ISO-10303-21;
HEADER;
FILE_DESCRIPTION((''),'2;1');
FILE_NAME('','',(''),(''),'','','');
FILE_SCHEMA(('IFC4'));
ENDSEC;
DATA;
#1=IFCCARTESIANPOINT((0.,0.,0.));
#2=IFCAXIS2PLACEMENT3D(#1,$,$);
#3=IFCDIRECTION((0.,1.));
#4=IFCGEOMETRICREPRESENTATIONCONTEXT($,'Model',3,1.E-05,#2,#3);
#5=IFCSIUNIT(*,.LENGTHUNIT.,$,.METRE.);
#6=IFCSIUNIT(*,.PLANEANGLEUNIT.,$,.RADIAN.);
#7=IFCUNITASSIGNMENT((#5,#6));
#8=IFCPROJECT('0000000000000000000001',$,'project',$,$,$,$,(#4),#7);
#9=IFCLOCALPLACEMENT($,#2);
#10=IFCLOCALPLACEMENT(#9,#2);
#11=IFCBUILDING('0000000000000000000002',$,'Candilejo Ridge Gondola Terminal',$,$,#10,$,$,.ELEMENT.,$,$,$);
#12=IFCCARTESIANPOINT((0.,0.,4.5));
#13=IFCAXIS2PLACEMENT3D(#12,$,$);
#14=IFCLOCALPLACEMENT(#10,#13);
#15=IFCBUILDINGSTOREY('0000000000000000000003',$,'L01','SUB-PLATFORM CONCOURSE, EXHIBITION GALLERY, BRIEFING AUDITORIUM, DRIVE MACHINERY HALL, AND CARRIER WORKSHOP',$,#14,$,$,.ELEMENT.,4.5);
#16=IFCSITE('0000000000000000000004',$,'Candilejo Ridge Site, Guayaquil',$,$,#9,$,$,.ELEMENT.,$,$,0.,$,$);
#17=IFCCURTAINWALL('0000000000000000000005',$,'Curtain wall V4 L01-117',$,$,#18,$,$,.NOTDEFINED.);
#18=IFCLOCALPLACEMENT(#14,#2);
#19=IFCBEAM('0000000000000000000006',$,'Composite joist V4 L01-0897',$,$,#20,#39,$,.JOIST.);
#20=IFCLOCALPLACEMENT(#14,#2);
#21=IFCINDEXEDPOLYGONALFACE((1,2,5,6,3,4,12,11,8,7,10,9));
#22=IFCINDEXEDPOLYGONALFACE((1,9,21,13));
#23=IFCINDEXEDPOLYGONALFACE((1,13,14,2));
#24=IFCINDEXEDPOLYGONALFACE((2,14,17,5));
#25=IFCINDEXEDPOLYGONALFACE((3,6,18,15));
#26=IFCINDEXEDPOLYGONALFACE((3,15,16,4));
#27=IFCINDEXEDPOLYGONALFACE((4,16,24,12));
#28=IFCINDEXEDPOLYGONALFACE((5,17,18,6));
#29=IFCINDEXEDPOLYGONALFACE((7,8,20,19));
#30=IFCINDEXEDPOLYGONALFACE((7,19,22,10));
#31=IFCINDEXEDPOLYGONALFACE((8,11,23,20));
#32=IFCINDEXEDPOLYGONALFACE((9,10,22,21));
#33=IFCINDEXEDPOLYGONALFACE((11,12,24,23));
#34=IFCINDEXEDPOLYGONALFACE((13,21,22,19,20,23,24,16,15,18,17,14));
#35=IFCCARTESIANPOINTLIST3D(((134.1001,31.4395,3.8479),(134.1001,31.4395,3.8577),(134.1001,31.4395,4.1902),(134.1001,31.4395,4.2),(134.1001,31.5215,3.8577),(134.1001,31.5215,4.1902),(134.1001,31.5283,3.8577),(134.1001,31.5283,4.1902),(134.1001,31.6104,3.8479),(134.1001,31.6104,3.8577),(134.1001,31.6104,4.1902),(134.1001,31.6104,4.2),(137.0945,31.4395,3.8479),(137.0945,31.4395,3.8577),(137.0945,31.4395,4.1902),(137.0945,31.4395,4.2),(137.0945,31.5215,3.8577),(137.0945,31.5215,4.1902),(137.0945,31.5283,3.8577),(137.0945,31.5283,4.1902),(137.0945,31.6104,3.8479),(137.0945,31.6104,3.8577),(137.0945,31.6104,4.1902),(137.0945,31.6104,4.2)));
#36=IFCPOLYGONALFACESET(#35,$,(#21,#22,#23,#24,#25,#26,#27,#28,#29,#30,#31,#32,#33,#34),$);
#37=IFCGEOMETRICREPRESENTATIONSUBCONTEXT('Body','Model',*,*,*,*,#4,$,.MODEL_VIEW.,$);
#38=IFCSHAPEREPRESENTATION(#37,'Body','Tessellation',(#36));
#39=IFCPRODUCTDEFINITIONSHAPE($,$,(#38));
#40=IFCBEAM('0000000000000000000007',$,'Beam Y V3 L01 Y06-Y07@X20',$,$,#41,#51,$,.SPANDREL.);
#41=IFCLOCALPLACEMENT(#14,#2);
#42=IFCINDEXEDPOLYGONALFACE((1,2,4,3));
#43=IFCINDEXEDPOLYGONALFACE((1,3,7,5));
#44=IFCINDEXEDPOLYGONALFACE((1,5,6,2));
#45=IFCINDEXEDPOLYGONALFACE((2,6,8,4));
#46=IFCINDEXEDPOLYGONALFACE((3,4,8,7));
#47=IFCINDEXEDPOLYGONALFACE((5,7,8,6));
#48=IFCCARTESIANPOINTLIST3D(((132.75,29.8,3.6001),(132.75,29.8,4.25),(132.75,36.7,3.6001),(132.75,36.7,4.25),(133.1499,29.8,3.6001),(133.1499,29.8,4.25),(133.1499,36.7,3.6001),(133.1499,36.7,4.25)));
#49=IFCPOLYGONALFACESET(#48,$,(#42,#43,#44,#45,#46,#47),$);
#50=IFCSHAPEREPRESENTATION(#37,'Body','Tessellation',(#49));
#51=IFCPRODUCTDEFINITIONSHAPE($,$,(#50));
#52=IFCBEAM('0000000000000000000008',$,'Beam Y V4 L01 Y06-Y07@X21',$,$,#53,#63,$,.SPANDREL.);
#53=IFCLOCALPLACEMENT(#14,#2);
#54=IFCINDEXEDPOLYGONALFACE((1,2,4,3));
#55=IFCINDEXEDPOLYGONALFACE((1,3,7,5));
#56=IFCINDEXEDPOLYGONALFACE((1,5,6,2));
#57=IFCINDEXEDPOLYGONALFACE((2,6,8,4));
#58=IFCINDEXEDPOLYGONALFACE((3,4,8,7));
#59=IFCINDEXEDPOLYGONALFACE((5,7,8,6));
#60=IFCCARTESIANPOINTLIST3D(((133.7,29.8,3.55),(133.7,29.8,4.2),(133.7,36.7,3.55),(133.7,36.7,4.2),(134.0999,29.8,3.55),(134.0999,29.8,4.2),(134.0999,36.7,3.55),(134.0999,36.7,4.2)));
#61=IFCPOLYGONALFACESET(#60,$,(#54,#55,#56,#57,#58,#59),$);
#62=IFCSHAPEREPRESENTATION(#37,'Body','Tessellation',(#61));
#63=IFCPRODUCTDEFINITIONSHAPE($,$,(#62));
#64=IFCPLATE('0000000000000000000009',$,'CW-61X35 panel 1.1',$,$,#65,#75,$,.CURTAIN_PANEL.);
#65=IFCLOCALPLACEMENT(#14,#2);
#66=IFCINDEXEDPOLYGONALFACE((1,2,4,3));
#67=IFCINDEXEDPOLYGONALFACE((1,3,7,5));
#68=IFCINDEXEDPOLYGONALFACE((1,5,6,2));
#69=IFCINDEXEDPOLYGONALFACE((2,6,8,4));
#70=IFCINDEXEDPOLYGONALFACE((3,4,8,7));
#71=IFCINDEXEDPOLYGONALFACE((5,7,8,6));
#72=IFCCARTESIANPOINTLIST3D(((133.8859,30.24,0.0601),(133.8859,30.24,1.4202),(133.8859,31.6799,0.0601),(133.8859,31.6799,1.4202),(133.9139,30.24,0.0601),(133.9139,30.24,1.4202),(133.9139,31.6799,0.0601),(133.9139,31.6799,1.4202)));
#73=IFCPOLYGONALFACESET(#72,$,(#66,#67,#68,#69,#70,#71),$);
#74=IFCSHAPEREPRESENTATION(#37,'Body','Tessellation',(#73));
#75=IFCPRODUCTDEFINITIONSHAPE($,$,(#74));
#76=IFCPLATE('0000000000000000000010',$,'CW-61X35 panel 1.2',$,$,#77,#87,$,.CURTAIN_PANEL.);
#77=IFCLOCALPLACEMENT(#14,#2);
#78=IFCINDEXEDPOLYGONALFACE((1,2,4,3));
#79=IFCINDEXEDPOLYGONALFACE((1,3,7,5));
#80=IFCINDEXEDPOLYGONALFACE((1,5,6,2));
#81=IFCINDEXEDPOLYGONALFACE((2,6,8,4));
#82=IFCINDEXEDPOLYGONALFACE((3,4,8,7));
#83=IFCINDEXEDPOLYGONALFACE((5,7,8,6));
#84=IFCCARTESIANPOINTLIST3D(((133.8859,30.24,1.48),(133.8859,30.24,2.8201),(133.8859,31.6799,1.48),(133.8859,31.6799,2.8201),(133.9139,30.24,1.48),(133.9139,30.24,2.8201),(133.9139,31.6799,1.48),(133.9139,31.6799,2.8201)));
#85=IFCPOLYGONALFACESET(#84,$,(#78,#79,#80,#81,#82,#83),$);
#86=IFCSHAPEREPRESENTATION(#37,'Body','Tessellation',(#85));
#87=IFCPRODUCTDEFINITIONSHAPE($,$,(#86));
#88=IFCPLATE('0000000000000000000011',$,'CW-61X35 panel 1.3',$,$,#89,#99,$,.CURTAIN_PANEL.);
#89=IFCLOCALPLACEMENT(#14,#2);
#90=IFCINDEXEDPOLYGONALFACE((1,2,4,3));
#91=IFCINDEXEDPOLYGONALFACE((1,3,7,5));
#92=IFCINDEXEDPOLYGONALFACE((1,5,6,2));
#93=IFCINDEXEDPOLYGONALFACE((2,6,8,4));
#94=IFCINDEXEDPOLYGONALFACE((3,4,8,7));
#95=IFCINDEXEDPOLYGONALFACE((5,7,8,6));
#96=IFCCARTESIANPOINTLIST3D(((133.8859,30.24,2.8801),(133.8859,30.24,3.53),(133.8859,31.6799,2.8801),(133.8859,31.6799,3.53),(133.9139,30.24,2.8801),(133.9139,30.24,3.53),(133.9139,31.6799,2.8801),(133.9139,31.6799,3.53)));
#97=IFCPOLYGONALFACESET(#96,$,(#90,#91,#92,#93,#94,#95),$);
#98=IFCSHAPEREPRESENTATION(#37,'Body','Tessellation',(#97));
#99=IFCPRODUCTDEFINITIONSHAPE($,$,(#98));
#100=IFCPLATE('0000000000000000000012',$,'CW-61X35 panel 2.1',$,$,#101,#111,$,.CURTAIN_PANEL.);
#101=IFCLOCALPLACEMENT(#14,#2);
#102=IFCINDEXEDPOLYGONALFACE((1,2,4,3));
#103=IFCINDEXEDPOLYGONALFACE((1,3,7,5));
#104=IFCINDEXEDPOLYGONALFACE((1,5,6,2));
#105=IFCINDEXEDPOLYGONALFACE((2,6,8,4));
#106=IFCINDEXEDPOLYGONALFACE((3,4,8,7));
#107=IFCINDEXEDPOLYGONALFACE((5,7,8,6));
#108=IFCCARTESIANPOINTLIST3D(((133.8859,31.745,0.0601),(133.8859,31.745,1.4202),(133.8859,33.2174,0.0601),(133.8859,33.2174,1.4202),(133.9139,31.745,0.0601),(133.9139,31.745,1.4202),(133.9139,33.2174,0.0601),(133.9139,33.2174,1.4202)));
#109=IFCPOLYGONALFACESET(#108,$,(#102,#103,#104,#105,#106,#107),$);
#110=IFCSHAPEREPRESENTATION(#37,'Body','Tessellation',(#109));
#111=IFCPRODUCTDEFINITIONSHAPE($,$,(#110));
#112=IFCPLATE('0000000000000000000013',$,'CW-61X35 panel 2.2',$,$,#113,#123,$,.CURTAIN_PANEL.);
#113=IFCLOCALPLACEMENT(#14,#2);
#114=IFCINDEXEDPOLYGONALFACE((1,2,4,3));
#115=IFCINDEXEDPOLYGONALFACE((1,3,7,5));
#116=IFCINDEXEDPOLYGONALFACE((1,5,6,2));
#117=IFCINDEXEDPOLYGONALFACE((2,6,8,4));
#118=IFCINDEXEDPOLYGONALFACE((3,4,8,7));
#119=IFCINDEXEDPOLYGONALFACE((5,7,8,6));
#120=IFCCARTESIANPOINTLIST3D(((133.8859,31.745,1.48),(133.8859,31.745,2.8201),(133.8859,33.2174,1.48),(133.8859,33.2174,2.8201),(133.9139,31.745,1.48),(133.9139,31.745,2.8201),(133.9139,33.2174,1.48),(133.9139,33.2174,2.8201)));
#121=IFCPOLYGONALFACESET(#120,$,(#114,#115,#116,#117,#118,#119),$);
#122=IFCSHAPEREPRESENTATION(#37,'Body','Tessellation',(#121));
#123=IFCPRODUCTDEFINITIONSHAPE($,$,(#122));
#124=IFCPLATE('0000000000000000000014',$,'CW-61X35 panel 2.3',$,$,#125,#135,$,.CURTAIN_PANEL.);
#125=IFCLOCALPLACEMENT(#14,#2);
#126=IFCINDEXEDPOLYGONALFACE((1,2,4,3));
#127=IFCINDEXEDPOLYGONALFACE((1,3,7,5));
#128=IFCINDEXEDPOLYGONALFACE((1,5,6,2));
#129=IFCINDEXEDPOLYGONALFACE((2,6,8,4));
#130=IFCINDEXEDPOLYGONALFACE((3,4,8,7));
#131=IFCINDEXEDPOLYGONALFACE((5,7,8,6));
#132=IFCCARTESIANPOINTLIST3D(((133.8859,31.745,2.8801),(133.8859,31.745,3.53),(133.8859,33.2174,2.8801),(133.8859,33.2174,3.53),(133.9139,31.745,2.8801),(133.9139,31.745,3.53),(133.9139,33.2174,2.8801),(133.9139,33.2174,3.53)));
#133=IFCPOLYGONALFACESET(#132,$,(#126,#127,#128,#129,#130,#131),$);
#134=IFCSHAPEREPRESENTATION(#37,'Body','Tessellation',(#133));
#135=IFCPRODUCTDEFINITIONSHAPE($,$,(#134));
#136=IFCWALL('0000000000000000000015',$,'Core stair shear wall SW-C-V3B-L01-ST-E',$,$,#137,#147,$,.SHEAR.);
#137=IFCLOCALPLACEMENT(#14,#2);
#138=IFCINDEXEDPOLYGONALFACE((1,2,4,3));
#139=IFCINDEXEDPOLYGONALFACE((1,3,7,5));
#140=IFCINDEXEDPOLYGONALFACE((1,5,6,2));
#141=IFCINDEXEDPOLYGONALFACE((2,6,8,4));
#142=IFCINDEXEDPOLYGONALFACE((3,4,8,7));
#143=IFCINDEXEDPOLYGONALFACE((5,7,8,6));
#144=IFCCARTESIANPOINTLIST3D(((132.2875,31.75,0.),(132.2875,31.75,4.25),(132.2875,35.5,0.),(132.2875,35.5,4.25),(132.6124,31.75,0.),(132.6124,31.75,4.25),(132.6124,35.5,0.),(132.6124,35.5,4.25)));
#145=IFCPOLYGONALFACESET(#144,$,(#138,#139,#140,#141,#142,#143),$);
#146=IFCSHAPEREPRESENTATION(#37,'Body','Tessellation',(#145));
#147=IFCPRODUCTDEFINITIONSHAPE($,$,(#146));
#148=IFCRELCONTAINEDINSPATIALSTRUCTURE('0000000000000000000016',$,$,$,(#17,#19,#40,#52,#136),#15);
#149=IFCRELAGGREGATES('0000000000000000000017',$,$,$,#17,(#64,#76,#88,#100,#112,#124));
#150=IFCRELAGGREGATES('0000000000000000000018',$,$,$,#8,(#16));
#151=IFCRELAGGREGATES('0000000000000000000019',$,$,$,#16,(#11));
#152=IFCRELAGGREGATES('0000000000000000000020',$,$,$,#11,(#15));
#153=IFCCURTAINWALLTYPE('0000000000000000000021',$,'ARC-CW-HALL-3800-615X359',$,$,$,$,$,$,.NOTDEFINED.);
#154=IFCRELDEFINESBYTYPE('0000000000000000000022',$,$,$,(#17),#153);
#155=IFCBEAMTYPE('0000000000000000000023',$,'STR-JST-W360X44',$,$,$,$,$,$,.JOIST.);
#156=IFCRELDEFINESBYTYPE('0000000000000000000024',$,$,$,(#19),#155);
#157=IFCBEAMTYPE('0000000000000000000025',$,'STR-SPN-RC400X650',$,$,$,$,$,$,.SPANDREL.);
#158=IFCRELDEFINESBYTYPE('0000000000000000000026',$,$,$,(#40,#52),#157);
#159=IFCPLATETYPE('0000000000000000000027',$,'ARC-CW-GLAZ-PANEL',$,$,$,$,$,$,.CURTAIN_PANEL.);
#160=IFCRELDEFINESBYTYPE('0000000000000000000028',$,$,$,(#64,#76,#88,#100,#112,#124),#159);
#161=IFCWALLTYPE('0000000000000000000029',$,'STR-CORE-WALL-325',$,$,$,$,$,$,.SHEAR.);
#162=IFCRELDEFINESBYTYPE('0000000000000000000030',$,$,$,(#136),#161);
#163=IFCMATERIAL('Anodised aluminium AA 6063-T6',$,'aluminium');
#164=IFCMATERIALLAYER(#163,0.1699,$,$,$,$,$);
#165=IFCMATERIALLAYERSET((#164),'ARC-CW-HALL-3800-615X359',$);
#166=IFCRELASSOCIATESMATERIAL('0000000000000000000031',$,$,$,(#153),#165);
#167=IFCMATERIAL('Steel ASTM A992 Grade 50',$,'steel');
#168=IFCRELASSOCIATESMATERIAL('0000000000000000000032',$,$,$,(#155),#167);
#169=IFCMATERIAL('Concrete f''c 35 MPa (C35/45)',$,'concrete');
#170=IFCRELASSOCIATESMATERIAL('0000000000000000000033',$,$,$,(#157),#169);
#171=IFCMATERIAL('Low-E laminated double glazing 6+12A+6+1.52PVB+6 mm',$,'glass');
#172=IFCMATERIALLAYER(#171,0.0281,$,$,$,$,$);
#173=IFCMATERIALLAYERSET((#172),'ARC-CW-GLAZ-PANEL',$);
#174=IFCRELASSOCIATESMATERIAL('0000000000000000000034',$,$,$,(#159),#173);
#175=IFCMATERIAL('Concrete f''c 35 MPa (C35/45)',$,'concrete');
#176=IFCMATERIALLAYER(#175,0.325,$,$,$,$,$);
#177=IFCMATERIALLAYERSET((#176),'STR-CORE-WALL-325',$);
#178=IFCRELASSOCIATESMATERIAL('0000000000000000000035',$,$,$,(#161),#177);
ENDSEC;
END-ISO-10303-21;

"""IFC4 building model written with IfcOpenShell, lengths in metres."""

from ifc_helpers import new_model, si_unit, direction, frame, frame_2d, origin, origin_2d, place, context, subcontext, project, spatial, rectangle, i_section, extrude, material, layer, layer_set, material_profile, profile_set, type_object, element, aggregate, save


model = new_model("IFC4")

# Units and contexts
model_context = context("Model", 3, precision=1e-05, world=origin(), true_north=direction((0.0, 1.0)))
body_context = subcontext(model_context, "Body", "Model", "MODEL_VIEW")
ifc_project = project(units=[si_unit("LENGTHUNIT", "METRE"), si_unit("PLANEANGLEUNIT", "RADIAN")], contexts=[model_context])

# Site, building, storey
site_placement = place(None, origin())
site = spatial("IfcSite", under=ifc_project, at=site_placement, Name="Candilejo Ridge Site, Guayaquil", CompositionType="ELEMENT", RefElevation=0.0)
building_placement = place(site_placement, origin())
building = spatial("IfcBuilding", under=site, at=building_placement, Name="Candilejo Ridge Gondola Terminal", CompositionType="ELEMENT")
storey_placement = place(building_placement, frame((0.0, 0.0, 4.5)))
storey = spatial("IfcBuildingStorey", under=building, at=storey_placement, Name="L01", Description="SUB-PLATFORM CONCOURSE, EXHIBITION GALLERY, BRIEFING AUDITORIUM, DRIVE MACHINERY HALL, AND CARRIER WORKSHOP", CompositionType="ELEMENT", Elevation=4.5)

# Curtain wall
ifc_material_1 = material(Name="Anodised aluminium AA 6063-T6", Category="aluminium")
ifc_layer_1 = layer(ifc_material_1, 0.1699)
ifc_layer_set_1 = layer_set([ifc_layer_1], Name="ARC-CW-HALL-3800-615X359")
curtain_wall_type = type_object("IfcCurtainWallType", Name="ARC-CW-HALL-3800-615X359", PredefinedType="NOTDEFINED", material=ifc_layer_set_1)
curtain_wall_placement = place(storey_placement, origin())
curtain_wall = element("IfcCurtainWall", 1, at=curtain_wall_placement, inside=storey, type_object=curtain_wall_type, Name="Curtain wall V4 L01-117", PredefinedType="NOTDEFINED")

# Beams
ifc_material_2 = material(Name="Steel ASTM A992 Grade 50", Category="steel")
ifc_material_profile_1 = material_profile(ifc_material_2, i_section(OverallWidth=0.1709, OverallDepth=0.3521, WebThickness=0.0068, FlangeThickness=0.0098, at=origin_2d()))
ifc_profile_set_1 = profile_set([ifc_material_profile_1], Name="Steel ASTM A992 Grade 50")
beam_type_1 = type_object("IfcBeamType", Name="STR-JST-W360X44", PredefinedType="JOIST", material=ifc_profile_set_1)
beam_1_placement = place(storey_placement, frame((134.1001, 31.5249, 4.0239), z_axis=(1.0, 0.0, 0.0), x_axis=(0.0, 1.0, 0.0)))
element("IfcBeam", 2, at=beam_1_placement, inside=storey, type_object=beam_type_1, Name="Composite joist V4 L01-0897", PredefinedType="JOIST", context=body_context, shape_type="SweptSolid", body=[
    extrude(i_section(OverallWidth=0.1709, OverallDepth=0.3521, WebThickness=0.0068, FlangeThickness=0.0098, at=origin_2d()), origin(), (0.0, 0.0, 1.0), 2.9944),
])
ifc_material_3 = material(Name="Concrete f'c 35 MPa (C35/45)", Category="concrete")
ifc_material_profile_2 = material_profile(ifc_material_3, rectangle(XDim=0.3999, YDim=0.6499, at=origin_2d()))
ifc_profile_set_2 = profile_set([ifc_material_profile_2], Name="Concrete f'c 35 MPa (C35/45)")
beam_type_2 = type_object("IfcBeamType", Name="STR-SPN-RC400X650", PredefinedType="SPANDREL", material=ifc_profile_set_2)
for number, where, z_axis, x_axis, name in (
    (3, (132.95, 29.8, 3.925), (0.0, 1.0, 0.0), (-1.0, 0.0, 0.0), "Beam Y V3 L01 Y06-Y07@X20"),
    (4, (133.8999, 29.8, 3.875), (0.0, 1.0, 0.0), (-1.0, 0.0, 0.0), "Beam Y V4 L01 Y06-Y07@X21"),
):
    element("IfcBeam", number, at=place(storey_placement, frame(where, z_axis=z_axis, x_axis=x_axis)), inside=storey, type_object=beam_type_2, Name=name, PredefinedType="SPANDREL", context=body_context, shape_type="SweptSolid", body=[
        extrude(rectangle(XDim=0.3999, YDim=0.6499, at=origin_2d()), origin(), (0.0, 0.0, 1.0), 6.8999),
    ])

# Plates
ifc_material_4 = material(Name="Low-E laminated double glazing 6+12A+6+1.52PVB+6 mm", Category="glass")
ifc_layer_2 = layer(ifc_material_4, 0.0281)
ifc_layer_set_2 = layer_set([ifc_layer_2], Name="ARC-CW-GLAZ-PANEL")
plate_type = type_object("IfcPlateType", Name="ARC-CW-GLAZ-PANEL", PredefinedType="CURTAIN_PANEL", material=ifc_layer_set_2)
plate_1_placement = place(storey_placement, frame((133.8999, 30.96, 0.0601), z_axis=(0.0, 0.0, 1.0), x_axis=(0.0, 1.0, 0.0)))
plate_1 = element("IfcPlate", 5, at=plate_1_placement, type_object=plate_type, Name="CW-61X35 panel 1.1", PredefinedType="CURTAIN_PANEL", context=body_context, shape_type="SweptSolid", body=[
    extrude(rectangle(XDim=1.4399, YDim=0.0281, at=origin_2d()), origin(), (0.0, 0.0, 1.0), 1.3601),
])
plate_2_placement = place(storey_placement, frame((133.8999, 30.96, 1.48), z_axis=(0.0, 0.0, 1.0), x_axis=(0.0, 1.0, 0.0)))
plate_2 = element("IfcPlate", 6, at=plate_2_placement, type_object=plate_type, Name="CW-61X35 panel 1.2", PredefinedType="CURTAIN_PANEL", context=body_context, shape_type="SweptSolid", body=[
    extrude(rectangle(XDim=1.4399, YDim=0.0281, at=origin_2d()), origin(), (0.0, 0.0, 1.0), 1.3401),
])
plate_3_placement = place(storey_placement, frame((133.8999, 30.96, 2.8801), z_axis=(0.0, 0.0, 1.0), x_axis=(0.0, 1.0, 0.0)))
plate_3 = element("IfcPlate", 7, at=plate_3_placement, type_object=plate_type, Name="CW-61X35 panel 1.3", PredefinedType="CURTAIN_PANEL", context=body_context, shape_type="SweptSolid", body=[
    extrude(rectangle(XDim=1.4399, YDim=0.0281, at=origin_2d()), origin(), (0.0, 0.0, 1.0), 0.6499),
])
plate_4_placement = place(storey_placement, frame((133.8999, 32.4812, 0.0601), z_axis=(0.0, 0.0, 1.0), x_axis=(0.0, 1.0, 0.0)))
plate_4 = element("IfcPlate", 8, at=plate_4_placement, type_object=plate_type, Name="CW-61X35 panel 2.1", PredefinedType="CURTAIN_PANEL", context=body_context, shape_type="SweptSolid", body=[
    extrude(rectangle(XDim=1.4724, YDim=0.0281, at=origin_2d()), origin(), (0.0, 0.0, 1.0), 1.3601),
])
plate_5_placement = place(storey_placement, frame((133.8999, 32.4812, 1.48), z_axis=(0.0, 0.0, 1.0), x_axis=(0.0, 1.0, 0.0)))
plate_5 = element("IfcPlate", 9, at=plate_5_placement, type_object=plate_type, Name="CW-61X35 panel 2.2", PredefinedType="CURTAIN_PANEL", context=body_context, shape_type="SweptSolid", body=[
    extrude(rectangle(XDim=1.4724, YDim=0.0281, at=origin_2d()), origin(), (0.0, 0.0, 1.0), 1.3401),
])
plate_6_placement = place(storey_placement, frame((133.8999, 32.4812, 2.8801), z_axis=(0.0, 0.0, 1.0), x_axis=(0.0, 1.0, 0.0)))
plate_6 = element("IfcPlate", 10, at=plate_6_placement, type_object=plate_type, Name="CW-61X35 panel 2.3", PredefinedType="CURTAIN_PANEL", context=body_context, shape_type="SweptSolid", body=[
    extrude(rectangle(XDim=1.4724, YDim=0.0281, at=origin_2d()), origin(), (0.0, 0.0, 1.0), 0.6499),
])
aggregate(curtain_wall, [plate_1, plate_2, plate_3, plate_4, plate_5, plate_6])

# Wall
ifc_material_5 = material(Name="Concrete f'c 35 MPa (C35/45)", Category="concrete")
ifc_layer_3 = layer(ifc_material_5, 0.325)
ifc_layer_set_3 = layer_set([ifc_layer_3], Name="STR-CORE-WALL-325")
wall_type = type_object("IfcWallType", Name="STR-CORE-WALL-325", PredefinedType="SHEAR", material=ifc_layer_set_3)
wall_placement = place(storey_placement, frame((132.45, 31.75, 0.0), z_axis=(0.0, 0.0, 1.0), x_axis=(0.0, 1.0, 0.0)))
element("IfcWall", 11, at=wall_placement, inside=storey, type_object=wall_type, Name="Core stair shear wall SW-C-V3B-L01-ST-E", PredefinedType="SHEAR", context=body_context, shape_type="SweptSolid", body=[
    extrude(rectangle(XDim=3.75, YDim=0.325, at=frame_2d((1.875, 0.0))), origin(), (0.0, 0.0, 1.0), 4.25),
])

save(model, "model.ifc")
